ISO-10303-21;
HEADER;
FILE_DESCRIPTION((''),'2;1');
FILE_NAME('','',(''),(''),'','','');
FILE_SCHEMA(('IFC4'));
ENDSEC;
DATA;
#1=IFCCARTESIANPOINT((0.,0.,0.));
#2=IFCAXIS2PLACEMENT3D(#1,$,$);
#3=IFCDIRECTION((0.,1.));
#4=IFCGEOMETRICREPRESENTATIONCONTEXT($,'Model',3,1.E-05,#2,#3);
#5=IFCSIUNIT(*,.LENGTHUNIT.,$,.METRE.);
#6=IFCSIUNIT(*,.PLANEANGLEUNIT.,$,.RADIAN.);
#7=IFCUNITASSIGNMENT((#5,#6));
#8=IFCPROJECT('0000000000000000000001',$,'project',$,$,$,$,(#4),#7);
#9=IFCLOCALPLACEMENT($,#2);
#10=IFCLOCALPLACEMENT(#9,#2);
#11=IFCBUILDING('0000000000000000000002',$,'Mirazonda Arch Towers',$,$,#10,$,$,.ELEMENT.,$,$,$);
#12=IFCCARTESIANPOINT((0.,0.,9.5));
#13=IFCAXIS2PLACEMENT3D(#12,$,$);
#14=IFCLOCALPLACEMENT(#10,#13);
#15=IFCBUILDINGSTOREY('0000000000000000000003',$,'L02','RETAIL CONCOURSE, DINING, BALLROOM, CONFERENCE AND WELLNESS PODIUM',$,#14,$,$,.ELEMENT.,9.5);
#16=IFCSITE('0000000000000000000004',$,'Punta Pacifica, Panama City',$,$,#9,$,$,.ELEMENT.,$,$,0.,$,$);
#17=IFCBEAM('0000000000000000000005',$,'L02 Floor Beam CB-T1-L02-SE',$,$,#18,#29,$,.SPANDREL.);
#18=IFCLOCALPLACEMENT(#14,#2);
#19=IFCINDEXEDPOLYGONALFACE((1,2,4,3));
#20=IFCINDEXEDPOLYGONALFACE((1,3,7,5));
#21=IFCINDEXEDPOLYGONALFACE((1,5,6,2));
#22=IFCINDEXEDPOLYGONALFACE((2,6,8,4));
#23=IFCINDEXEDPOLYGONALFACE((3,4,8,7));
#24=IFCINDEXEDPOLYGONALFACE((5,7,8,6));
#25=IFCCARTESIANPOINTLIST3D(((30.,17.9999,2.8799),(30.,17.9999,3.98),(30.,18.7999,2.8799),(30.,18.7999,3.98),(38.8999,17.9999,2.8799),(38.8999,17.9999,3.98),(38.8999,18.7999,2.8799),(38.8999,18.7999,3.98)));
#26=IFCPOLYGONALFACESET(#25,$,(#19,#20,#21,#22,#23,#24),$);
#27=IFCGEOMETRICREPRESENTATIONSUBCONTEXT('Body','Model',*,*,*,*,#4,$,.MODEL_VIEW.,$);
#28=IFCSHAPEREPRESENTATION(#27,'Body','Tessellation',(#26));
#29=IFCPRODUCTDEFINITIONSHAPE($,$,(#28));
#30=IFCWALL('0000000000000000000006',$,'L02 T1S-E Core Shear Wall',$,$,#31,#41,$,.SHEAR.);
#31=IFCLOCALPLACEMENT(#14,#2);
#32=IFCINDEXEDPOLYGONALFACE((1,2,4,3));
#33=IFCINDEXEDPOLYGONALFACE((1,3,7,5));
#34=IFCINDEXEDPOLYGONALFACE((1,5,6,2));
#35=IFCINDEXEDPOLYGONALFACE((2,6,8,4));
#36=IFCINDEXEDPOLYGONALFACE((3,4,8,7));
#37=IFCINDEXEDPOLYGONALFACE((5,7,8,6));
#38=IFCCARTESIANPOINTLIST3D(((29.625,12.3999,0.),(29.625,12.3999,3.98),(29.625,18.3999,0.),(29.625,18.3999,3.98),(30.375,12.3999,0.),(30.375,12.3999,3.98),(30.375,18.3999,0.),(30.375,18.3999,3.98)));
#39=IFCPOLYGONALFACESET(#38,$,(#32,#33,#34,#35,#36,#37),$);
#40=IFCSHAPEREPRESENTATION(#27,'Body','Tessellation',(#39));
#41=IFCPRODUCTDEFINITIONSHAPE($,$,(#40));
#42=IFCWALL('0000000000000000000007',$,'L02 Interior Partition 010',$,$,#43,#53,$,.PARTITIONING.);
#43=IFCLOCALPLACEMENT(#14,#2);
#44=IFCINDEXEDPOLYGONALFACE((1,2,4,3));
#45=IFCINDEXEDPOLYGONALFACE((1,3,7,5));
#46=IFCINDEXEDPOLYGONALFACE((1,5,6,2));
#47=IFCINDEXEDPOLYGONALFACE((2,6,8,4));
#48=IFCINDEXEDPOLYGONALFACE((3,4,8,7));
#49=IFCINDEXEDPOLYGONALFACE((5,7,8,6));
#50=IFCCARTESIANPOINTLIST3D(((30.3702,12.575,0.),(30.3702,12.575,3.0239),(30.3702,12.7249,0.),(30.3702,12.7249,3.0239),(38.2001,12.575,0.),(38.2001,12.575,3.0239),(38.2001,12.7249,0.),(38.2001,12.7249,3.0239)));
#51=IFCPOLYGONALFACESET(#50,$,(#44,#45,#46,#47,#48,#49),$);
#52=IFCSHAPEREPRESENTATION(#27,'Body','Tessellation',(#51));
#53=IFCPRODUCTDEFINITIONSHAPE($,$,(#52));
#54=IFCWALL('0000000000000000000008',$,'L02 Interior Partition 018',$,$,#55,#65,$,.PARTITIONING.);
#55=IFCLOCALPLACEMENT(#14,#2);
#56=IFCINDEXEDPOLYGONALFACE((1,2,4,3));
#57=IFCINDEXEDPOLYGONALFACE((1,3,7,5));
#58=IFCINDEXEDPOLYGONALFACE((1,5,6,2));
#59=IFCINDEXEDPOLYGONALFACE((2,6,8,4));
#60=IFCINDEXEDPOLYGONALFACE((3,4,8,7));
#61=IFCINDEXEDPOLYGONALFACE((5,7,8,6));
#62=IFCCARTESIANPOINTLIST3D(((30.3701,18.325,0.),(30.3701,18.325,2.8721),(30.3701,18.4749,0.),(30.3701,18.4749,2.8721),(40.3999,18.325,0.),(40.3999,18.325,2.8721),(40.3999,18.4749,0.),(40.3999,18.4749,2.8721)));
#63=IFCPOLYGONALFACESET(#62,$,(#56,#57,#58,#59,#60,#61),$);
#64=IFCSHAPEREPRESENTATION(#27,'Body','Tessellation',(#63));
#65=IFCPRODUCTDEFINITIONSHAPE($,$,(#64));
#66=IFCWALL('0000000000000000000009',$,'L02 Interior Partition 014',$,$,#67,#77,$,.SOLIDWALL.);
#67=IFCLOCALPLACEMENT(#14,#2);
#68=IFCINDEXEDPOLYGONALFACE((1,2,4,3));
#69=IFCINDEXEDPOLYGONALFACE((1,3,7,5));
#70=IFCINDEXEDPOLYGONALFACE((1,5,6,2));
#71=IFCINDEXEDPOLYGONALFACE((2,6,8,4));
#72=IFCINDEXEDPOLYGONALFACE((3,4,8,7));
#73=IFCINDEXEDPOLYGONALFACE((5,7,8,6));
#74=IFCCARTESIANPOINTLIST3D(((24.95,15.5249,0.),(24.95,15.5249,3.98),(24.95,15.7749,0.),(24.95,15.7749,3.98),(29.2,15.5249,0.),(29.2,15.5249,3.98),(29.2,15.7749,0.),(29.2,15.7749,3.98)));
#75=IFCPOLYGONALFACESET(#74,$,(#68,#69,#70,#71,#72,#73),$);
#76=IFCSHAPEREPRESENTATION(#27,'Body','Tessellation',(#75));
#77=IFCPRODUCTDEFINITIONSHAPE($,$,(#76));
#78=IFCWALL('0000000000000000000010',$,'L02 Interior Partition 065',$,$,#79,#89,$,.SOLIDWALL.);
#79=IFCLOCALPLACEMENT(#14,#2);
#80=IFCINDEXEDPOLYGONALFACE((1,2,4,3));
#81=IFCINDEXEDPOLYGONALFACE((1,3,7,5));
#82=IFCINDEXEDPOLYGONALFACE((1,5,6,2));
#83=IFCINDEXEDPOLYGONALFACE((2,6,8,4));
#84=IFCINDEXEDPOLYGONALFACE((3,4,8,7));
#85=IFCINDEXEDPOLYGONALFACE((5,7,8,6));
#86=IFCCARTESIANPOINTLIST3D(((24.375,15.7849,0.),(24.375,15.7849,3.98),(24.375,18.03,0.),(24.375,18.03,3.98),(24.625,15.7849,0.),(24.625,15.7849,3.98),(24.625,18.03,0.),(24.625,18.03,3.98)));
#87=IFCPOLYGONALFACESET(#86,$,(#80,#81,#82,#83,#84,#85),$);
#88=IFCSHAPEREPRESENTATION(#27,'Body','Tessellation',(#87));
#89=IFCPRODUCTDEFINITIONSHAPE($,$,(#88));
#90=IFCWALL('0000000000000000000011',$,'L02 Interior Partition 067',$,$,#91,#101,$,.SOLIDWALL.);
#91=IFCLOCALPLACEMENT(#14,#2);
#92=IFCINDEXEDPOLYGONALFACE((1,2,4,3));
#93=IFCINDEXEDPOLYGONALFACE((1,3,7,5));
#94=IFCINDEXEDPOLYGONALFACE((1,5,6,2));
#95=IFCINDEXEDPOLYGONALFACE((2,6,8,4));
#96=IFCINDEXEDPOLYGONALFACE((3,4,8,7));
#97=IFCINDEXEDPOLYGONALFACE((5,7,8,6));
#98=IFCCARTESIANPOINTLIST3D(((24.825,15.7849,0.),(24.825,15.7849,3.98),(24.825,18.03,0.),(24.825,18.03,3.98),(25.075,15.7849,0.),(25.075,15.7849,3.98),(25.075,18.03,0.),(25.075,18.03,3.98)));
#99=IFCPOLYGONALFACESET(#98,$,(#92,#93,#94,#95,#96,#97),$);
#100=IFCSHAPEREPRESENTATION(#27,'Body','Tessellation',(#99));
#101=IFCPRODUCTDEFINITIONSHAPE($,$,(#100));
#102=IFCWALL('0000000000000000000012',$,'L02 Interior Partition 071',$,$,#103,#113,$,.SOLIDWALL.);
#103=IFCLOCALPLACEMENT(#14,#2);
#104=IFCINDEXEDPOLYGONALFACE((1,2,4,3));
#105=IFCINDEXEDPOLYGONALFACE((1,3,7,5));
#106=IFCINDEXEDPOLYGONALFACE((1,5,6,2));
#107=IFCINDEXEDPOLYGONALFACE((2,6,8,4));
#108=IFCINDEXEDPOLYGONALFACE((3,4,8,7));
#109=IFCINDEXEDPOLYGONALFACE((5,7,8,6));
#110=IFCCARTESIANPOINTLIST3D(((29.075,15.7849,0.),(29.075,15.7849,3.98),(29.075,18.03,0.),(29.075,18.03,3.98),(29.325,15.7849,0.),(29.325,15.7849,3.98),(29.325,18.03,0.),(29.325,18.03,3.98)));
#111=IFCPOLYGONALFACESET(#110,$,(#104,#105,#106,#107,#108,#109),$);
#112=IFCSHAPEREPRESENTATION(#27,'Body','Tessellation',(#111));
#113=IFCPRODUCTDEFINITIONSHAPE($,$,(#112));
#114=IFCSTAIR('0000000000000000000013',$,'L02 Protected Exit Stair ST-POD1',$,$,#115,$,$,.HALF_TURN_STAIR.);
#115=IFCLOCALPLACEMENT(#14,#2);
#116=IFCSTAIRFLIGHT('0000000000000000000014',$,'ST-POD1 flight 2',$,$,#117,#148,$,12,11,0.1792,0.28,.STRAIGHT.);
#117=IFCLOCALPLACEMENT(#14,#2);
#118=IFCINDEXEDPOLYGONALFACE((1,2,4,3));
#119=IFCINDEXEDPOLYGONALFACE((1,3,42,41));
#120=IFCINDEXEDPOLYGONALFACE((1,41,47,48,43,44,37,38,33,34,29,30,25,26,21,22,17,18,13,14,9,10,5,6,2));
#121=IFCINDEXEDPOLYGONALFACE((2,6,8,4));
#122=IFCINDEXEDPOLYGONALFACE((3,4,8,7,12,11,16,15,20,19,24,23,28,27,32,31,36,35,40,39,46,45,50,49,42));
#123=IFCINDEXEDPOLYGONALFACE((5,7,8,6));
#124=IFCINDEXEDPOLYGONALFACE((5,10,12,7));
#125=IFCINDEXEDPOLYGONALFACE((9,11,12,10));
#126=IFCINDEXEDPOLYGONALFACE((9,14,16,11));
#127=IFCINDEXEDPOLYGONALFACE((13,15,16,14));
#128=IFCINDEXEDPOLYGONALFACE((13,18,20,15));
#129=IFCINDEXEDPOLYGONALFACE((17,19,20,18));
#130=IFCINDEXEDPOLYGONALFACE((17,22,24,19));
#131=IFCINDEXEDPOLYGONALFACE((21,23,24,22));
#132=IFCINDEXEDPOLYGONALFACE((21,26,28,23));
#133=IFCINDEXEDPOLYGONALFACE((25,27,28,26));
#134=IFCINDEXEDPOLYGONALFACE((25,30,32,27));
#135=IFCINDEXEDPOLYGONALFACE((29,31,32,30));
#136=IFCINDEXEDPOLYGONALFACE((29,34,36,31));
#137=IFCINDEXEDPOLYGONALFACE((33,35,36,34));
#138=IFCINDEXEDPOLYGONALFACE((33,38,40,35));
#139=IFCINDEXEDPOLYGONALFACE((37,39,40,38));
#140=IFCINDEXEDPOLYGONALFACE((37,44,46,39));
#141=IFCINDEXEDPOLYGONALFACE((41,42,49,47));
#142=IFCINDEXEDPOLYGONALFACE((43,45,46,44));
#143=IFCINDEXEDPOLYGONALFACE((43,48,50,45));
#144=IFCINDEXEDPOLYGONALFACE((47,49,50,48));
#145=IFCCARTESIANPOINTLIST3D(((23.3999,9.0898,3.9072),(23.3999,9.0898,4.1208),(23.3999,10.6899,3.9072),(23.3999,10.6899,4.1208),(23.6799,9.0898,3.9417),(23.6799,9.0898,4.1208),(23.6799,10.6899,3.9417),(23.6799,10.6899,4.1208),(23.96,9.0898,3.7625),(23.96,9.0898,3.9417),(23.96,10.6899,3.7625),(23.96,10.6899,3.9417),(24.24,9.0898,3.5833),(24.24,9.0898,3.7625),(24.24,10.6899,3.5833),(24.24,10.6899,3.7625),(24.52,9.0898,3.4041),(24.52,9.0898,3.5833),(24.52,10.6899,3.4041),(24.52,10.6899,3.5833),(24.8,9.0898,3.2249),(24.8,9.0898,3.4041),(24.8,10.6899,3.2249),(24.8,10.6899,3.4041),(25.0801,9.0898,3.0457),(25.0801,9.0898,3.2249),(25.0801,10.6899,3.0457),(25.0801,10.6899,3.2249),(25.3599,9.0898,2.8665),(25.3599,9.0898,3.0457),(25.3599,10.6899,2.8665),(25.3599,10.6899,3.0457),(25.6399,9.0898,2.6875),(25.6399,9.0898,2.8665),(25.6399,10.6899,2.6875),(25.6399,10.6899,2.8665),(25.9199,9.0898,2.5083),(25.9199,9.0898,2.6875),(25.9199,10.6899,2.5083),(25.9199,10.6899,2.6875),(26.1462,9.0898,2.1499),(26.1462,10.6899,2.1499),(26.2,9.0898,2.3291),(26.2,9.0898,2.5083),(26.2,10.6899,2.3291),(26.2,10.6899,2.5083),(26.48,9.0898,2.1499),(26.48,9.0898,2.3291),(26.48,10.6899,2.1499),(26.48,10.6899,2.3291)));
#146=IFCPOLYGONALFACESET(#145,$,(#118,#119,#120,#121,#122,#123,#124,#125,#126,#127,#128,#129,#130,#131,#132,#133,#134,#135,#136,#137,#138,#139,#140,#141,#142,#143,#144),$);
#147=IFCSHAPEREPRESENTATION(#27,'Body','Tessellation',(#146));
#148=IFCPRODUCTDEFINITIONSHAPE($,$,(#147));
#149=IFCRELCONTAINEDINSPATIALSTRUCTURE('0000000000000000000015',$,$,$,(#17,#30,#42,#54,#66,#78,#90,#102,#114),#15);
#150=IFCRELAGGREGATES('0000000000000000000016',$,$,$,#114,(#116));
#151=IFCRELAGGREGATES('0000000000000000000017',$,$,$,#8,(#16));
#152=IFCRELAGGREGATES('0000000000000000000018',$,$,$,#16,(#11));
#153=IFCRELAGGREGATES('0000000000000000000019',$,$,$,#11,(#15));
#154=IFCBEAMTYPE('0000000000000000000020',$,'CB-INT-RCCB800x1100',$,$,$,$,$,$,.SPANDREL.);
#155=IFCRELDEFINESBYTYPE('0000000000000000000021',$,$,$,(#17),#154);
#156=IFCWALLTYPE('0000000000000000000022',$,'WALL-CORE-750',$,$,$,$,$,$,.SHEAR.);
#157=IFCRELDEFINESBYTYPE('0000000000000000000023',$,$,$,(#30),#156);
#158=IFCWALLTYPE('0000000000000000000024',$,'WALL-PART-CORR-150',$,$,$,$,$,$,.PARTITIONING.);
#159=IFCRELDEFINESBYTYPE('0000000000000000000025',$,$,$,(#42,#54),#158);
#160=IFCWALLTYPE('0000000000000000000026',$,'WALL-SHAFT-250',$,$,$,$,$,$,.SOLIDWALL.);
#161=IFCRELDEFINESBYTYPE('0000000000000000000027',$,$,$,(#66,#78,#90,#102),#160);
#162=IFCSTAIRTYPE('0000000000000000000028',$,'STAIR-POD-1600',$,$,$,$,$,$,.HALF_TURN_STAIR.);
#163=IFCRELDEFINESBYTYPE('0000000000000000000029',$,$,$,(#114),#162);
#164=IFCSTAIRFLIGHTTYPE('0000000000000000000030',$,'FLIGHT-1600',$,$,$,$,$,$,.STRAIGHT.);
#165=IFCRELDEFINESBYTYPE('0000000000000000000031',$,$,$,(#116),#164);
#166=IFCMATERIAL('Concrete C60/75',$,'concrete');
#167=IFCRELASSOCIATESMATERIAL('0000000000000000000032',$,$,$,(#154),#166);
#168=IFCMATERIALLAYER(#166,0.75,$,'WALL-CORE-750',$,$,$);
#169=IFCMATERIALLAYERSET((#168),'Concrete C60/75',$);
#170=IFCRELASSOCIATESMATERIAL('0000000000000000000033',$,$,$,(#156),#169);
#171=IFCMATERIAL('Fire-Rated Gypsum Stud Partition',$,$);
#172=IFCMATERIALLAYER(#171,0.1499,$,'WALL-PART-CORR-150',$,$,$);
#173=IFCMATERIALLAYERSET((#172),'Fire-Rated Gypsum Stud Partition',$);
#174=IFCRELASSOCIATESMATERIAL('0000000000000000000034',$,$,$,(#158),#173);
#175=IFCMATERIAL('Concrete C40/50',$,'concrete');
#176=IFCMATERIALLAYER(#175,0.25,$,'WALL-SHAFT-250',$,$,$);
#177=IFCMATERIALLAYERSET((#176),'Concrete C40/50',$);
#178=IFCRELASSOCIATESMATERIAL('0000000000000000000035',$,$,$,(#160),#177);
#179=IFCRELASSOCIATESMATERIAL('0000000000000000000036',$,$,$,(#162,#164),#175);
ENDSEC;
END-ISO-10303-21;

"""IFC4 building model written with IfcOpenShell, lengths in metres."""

from ifc_helpers import new_model, si_unit, direction, frame, frame_2d, origin, origin_2d, place, context, subcontext, project, spatial, polyline, rectangle, outline, extrude, material, layer, layer_set, material_profile, profile_set, type_object, element, aggregate, save


model = new_model("IFC4")

# Units and contexts
model_context = context("Model", 3, precision=1e-05, world=origin(), true_north=direction((0.0, 1.0)))
body_context = subcontext(model_context, "Body", "Model", "MODEL_VIEW")
ifc_project = project(units=[si_unit("LENGTHUNIT", "METRE"), si_unit("PLANEANGLEUNIT", "RADIAN")], contexts=[model_context])

# Site, building, storey
site_placement = place(None, origin())
site = spatial("IfcSite", under=ifc_project, at=site_placement, Name="Punta Pacifica, Panama City", CompositionType="ELEMENT", RefElevation=0.0)
building_placement = place(site_placement, origin())
building = spatial("IfcBuilding", under=site, at=building_placement, Name="Mirazonda Arch Towers", CompositionType="ELEMENT")
storey_placement = place(building_placement, frame((0.0, 0.0, 9.5)))
storey = spatial("IfcBuildingStorey", under=building, at=storey_placement, Name="L02", Description="RETAIL CONCOURSE, DINING, BALLROOM, CONFERENCE AND WELLNESS PODIUM", CompositionType="ELEMENT", Elevation=9.5)

# Shared definitions
ifc_material_1 = material(Name="Concrete C60/75", Category="concrete")

# Beam
ifc_material_profile_1 = material_profile(ifc_material_1, rectangle(XDim=0.8, YDim=1.1001, at=origin_2d()), Name="RCCB800x1100")
ifc_profile_set_1 = profile_set([ifc_material_profile_1], Name="Concrete C60/75")
beam_type_1 = type_object("IfcBeamType", Name="CB-INT-RCCB800x1100", PredefinedType="SPANDREL", material=ifc_profile_set_1)
beam_1_placement = place(storey_placement, frame((30.0, 18.3999, 3.4299), z_axis=(1.0, 0.0, 0.0), x_axis=(0.0, 1.0, 0.0)))
element("IfcBeam", 1, at=beam_1_placement, inside=storey, type_object=beam_type_1, Name="L02 Floor Beam CB-T1-L02-SE", PredefinedType="SPANDREL", context=body_context, shape_type="SweptSolid", body=[
    extrude(rectangle(XDim=0.8, YDim=1.1001, at=origin_2d()), origin(), (0.0, 0.0, 1.0), 8.8999),
])

# Walls
ifc_layer_1 = layer(ifc_material_1, 0.75, Name="WALL-CORE-750")
ifc_layer_set_1 = layer_set([ifc_layer_1], Name="Concrete C60/75")
wall_type_1 = type_object("IfcWallType", Name="WALL-CORE-750", PredefinedType="SHEAR", material=ifc_layer_set_1)
wall_1_placement = place(storey_placement, frame((30.0, 12.3999, 0.0), z_axis=(0.0, 0.0, 1.0), x_axis=(0.0, 1.0, 0.0)))
element("IfcWall", 2, at=wall_1_placement, inside=storey, type_object=wall_type_1, Name="L02 T1S-E Core Shear Wall", PredefinedType="SHEAR", context=body_context, shape_type="SweptSolid", body=[
    extrude(rectangle(XDim=6.0, YDim=0.75, at=frame_2d((3.0, 0.0))), origin(), (0.0, 0.0, 1.0), 3.98),
])
ifc_material_2 = material(Name="Fire-Rated Gypsum Stud Partition")
ifc_layer_2 = layer(ifc_material_2, 0.1499, Name="WALL-PART-CORR-150")
ifc_layer_set_2 = layer_set([ifc_layer_2], Name="Fire-Rated Gypsum Stud Partition")
wall_type_2 = type_object("IfcWallType", Name="WALL-PART-CORR-150", PredefinedType="PARTITIONING", material=ifc_layer_set_2)
wall_2_placement = place(storey_placement, frame((30.3701, 12.6499, 0.0), z_axis=(0.0, 0.0, 1.0), x_axis=(1.0, 0.0, 0.0)))
element("IfcWall", 3, at=wall_2_placement, inside=storey, type_object=wall_type_2, Name="L02 Interior Partition 010", PredefinedType="PARTITIONING", context=body_context, shape_type="SweptSolid", body=[
    extrude(rectangle(XDim=7.8298, YDim=0.1499, at=frame_2d((3.915, 0.0))), origin(), (0.0, 0.0, 1.0), 3.0239),
])
wall_3_placement = place(storey_placement, frame((30.3701, 18.3999, 0.0), z_axis=(0.0, 0.0, 1.0), x_axis=(1.0, 0.0, 0.0)))
element("IfcWall", 4, at=wall_3_placement, inside=storey, type_object=wall_type_2, Name="L02 Interior Partition 018", PredefinedType="PARTITIONING", context=body_context, shape_type="SweptSolid", body=[
    extrude(rectangle(XDim=10.0298, YDim=0.1499, at=frame_2d((5.0149, 0.0))), origin(), (0.0, 0.0, 1.0), 2.8721),
])
ifc_material_3 = material(Name="Concrete C40/50", Category="concrete")
ifc_layer_3 = layer(ifc_material_3, 0.25, Name="WALL-SHAFT-250")
ifc_layer_set_3 = layer_set([ifc_layer_3], Name="Concrete C40/50")
wall_type_3 = type_object("IfcWallType", Name="WALL-SHAFT-250", PredefinedType="SOLIDWALL", material=ifc_layer_set_3)
wall_4_placement = place(storey_placement, frame((24.95, 15.6499, 0.0), z_axis=(0.0, 0.0, 1.0), x_axis=(1.0, 0.0, 0.0)))
element("IfcWall", 5, at=wall_4_placement, inside=storey, type_object=wall_type_3, Name="L02 Interior Partition 014", PredefinedType="SOLIDWALL", context=body_context, shape_type="SweptSolid", body=[
    extrude(rectangle(XDim=4.25, YDim=0.25, at=frame_2d((2.125, 0.0))), origin(), (0.0, 0.0, 1.0), 3.98),
])
for number, where, z_axis, x_axis, name in (
    (6, (24.5, 15.7849, 0.0), (0.0, 0.0, 1.0), (0.0, 1.0, 0.0), "L02 Interior Partition 065"),
    (7, (24.95, 15.7849, 0.0), (0.0, 0.0, 1.0), (0.0, 1.0, 0.0), "L02 Interior Partition 067"),
    (8, (29.2, 15.7849, 0.0), (0.0, 0.0, 1.0), (0.0, 1.0, 0.0), "L02 Interior Partition 071"),
):
    element("IfcWall", number, at=place(storey_placement, frame(where, z_axis=z_axis, x_axis=x_axis)), inside=storey, type_object=wall_type_3, Name=name, PredefinedType="SOLIDWALL", context=body_context, shape_type="SweptSolid", body=[
        extrude(rectangle(XDim=2.2451, YDim=0.25, at=frame_2d((1.1226, 0.0))), origin(), (0.0, 0.0, 1.0), 3.98),
    ])

# Stair, stair flight
stair_type = type_object("IfcStairType", Name="STAIR-POD-1600", PredefinedType="HALF_TURN_STAIR", material=ifc_material_3)
stair_placement = place(storey_placement, origin())
stair = element("IfcStair", 9, at=stair_placement, inside=storey, type_object=stair_type, Name="L02 Protected Exit Stair ST-POD1", PredefinedType="HALF_TURN_STAIR")
stair_flight_type = type_object("IfcStairFlightType", Name="FLIGHT-1600", PredefinedType="STRAIGHT", material=ifc_material_3)
stair_flight_placement = place(storey_placement, frame((26.48, 9.8899, 2.1499), z_axis=(0.0, 0.0, 1.0), x_axis=(-1.0, 0.0, 0.0)))
stair_flight = element("IfcStairFlight", 10, at=stair_flight_placement, type_object=stair_flight_type, Name="ST-POD1 flight 2", NumberOfRisers=12, NumberOfTreads=11, PredefinedType="STRAIGHT", RiserHeight=0.1792, TreadLength=0.28, context=body_context, shape_type="SweptSolid", body=[
    extrude(outline(polyline([(0.0, 0.0), (0.0, 0.1792), (0.28, 0.1792), (0.28, 0.3584), (0.5601, 0.3584), (0.5601, 0.5376), (0.8401, 0.5376), (0.8401, 0.7166), (1.1201, 0.7166), (1.1201, 0.8958), (1.3999, 0.8958), (1.3999, 1.075), (1.6799, 1.075), (1.6799, 1.2542), (1.96, 1.2542), (1.96, 1.4333), (2.24, 1.4333), (2.24, 1.6125), (2.52, 1.6125), (2.52, 1.7917), (2.8, 1.7917), (2.8, 1.9709), (3.0801, 1.9709), (3.0801, 2.1499), (3.0801, 1.7573), (0.3337, 0.0), (0.0, 0.0)])), frame((0.0, 0.8, 0.0), z_axis=(0.0, -1.0, 0.0), x_axis=(1.0, 0.0, 0.0)), (0.0, 0.0, 1.0), 1.6001),
])
aggregate(stair, [stair_flight])

save(model, "model.ifc")
